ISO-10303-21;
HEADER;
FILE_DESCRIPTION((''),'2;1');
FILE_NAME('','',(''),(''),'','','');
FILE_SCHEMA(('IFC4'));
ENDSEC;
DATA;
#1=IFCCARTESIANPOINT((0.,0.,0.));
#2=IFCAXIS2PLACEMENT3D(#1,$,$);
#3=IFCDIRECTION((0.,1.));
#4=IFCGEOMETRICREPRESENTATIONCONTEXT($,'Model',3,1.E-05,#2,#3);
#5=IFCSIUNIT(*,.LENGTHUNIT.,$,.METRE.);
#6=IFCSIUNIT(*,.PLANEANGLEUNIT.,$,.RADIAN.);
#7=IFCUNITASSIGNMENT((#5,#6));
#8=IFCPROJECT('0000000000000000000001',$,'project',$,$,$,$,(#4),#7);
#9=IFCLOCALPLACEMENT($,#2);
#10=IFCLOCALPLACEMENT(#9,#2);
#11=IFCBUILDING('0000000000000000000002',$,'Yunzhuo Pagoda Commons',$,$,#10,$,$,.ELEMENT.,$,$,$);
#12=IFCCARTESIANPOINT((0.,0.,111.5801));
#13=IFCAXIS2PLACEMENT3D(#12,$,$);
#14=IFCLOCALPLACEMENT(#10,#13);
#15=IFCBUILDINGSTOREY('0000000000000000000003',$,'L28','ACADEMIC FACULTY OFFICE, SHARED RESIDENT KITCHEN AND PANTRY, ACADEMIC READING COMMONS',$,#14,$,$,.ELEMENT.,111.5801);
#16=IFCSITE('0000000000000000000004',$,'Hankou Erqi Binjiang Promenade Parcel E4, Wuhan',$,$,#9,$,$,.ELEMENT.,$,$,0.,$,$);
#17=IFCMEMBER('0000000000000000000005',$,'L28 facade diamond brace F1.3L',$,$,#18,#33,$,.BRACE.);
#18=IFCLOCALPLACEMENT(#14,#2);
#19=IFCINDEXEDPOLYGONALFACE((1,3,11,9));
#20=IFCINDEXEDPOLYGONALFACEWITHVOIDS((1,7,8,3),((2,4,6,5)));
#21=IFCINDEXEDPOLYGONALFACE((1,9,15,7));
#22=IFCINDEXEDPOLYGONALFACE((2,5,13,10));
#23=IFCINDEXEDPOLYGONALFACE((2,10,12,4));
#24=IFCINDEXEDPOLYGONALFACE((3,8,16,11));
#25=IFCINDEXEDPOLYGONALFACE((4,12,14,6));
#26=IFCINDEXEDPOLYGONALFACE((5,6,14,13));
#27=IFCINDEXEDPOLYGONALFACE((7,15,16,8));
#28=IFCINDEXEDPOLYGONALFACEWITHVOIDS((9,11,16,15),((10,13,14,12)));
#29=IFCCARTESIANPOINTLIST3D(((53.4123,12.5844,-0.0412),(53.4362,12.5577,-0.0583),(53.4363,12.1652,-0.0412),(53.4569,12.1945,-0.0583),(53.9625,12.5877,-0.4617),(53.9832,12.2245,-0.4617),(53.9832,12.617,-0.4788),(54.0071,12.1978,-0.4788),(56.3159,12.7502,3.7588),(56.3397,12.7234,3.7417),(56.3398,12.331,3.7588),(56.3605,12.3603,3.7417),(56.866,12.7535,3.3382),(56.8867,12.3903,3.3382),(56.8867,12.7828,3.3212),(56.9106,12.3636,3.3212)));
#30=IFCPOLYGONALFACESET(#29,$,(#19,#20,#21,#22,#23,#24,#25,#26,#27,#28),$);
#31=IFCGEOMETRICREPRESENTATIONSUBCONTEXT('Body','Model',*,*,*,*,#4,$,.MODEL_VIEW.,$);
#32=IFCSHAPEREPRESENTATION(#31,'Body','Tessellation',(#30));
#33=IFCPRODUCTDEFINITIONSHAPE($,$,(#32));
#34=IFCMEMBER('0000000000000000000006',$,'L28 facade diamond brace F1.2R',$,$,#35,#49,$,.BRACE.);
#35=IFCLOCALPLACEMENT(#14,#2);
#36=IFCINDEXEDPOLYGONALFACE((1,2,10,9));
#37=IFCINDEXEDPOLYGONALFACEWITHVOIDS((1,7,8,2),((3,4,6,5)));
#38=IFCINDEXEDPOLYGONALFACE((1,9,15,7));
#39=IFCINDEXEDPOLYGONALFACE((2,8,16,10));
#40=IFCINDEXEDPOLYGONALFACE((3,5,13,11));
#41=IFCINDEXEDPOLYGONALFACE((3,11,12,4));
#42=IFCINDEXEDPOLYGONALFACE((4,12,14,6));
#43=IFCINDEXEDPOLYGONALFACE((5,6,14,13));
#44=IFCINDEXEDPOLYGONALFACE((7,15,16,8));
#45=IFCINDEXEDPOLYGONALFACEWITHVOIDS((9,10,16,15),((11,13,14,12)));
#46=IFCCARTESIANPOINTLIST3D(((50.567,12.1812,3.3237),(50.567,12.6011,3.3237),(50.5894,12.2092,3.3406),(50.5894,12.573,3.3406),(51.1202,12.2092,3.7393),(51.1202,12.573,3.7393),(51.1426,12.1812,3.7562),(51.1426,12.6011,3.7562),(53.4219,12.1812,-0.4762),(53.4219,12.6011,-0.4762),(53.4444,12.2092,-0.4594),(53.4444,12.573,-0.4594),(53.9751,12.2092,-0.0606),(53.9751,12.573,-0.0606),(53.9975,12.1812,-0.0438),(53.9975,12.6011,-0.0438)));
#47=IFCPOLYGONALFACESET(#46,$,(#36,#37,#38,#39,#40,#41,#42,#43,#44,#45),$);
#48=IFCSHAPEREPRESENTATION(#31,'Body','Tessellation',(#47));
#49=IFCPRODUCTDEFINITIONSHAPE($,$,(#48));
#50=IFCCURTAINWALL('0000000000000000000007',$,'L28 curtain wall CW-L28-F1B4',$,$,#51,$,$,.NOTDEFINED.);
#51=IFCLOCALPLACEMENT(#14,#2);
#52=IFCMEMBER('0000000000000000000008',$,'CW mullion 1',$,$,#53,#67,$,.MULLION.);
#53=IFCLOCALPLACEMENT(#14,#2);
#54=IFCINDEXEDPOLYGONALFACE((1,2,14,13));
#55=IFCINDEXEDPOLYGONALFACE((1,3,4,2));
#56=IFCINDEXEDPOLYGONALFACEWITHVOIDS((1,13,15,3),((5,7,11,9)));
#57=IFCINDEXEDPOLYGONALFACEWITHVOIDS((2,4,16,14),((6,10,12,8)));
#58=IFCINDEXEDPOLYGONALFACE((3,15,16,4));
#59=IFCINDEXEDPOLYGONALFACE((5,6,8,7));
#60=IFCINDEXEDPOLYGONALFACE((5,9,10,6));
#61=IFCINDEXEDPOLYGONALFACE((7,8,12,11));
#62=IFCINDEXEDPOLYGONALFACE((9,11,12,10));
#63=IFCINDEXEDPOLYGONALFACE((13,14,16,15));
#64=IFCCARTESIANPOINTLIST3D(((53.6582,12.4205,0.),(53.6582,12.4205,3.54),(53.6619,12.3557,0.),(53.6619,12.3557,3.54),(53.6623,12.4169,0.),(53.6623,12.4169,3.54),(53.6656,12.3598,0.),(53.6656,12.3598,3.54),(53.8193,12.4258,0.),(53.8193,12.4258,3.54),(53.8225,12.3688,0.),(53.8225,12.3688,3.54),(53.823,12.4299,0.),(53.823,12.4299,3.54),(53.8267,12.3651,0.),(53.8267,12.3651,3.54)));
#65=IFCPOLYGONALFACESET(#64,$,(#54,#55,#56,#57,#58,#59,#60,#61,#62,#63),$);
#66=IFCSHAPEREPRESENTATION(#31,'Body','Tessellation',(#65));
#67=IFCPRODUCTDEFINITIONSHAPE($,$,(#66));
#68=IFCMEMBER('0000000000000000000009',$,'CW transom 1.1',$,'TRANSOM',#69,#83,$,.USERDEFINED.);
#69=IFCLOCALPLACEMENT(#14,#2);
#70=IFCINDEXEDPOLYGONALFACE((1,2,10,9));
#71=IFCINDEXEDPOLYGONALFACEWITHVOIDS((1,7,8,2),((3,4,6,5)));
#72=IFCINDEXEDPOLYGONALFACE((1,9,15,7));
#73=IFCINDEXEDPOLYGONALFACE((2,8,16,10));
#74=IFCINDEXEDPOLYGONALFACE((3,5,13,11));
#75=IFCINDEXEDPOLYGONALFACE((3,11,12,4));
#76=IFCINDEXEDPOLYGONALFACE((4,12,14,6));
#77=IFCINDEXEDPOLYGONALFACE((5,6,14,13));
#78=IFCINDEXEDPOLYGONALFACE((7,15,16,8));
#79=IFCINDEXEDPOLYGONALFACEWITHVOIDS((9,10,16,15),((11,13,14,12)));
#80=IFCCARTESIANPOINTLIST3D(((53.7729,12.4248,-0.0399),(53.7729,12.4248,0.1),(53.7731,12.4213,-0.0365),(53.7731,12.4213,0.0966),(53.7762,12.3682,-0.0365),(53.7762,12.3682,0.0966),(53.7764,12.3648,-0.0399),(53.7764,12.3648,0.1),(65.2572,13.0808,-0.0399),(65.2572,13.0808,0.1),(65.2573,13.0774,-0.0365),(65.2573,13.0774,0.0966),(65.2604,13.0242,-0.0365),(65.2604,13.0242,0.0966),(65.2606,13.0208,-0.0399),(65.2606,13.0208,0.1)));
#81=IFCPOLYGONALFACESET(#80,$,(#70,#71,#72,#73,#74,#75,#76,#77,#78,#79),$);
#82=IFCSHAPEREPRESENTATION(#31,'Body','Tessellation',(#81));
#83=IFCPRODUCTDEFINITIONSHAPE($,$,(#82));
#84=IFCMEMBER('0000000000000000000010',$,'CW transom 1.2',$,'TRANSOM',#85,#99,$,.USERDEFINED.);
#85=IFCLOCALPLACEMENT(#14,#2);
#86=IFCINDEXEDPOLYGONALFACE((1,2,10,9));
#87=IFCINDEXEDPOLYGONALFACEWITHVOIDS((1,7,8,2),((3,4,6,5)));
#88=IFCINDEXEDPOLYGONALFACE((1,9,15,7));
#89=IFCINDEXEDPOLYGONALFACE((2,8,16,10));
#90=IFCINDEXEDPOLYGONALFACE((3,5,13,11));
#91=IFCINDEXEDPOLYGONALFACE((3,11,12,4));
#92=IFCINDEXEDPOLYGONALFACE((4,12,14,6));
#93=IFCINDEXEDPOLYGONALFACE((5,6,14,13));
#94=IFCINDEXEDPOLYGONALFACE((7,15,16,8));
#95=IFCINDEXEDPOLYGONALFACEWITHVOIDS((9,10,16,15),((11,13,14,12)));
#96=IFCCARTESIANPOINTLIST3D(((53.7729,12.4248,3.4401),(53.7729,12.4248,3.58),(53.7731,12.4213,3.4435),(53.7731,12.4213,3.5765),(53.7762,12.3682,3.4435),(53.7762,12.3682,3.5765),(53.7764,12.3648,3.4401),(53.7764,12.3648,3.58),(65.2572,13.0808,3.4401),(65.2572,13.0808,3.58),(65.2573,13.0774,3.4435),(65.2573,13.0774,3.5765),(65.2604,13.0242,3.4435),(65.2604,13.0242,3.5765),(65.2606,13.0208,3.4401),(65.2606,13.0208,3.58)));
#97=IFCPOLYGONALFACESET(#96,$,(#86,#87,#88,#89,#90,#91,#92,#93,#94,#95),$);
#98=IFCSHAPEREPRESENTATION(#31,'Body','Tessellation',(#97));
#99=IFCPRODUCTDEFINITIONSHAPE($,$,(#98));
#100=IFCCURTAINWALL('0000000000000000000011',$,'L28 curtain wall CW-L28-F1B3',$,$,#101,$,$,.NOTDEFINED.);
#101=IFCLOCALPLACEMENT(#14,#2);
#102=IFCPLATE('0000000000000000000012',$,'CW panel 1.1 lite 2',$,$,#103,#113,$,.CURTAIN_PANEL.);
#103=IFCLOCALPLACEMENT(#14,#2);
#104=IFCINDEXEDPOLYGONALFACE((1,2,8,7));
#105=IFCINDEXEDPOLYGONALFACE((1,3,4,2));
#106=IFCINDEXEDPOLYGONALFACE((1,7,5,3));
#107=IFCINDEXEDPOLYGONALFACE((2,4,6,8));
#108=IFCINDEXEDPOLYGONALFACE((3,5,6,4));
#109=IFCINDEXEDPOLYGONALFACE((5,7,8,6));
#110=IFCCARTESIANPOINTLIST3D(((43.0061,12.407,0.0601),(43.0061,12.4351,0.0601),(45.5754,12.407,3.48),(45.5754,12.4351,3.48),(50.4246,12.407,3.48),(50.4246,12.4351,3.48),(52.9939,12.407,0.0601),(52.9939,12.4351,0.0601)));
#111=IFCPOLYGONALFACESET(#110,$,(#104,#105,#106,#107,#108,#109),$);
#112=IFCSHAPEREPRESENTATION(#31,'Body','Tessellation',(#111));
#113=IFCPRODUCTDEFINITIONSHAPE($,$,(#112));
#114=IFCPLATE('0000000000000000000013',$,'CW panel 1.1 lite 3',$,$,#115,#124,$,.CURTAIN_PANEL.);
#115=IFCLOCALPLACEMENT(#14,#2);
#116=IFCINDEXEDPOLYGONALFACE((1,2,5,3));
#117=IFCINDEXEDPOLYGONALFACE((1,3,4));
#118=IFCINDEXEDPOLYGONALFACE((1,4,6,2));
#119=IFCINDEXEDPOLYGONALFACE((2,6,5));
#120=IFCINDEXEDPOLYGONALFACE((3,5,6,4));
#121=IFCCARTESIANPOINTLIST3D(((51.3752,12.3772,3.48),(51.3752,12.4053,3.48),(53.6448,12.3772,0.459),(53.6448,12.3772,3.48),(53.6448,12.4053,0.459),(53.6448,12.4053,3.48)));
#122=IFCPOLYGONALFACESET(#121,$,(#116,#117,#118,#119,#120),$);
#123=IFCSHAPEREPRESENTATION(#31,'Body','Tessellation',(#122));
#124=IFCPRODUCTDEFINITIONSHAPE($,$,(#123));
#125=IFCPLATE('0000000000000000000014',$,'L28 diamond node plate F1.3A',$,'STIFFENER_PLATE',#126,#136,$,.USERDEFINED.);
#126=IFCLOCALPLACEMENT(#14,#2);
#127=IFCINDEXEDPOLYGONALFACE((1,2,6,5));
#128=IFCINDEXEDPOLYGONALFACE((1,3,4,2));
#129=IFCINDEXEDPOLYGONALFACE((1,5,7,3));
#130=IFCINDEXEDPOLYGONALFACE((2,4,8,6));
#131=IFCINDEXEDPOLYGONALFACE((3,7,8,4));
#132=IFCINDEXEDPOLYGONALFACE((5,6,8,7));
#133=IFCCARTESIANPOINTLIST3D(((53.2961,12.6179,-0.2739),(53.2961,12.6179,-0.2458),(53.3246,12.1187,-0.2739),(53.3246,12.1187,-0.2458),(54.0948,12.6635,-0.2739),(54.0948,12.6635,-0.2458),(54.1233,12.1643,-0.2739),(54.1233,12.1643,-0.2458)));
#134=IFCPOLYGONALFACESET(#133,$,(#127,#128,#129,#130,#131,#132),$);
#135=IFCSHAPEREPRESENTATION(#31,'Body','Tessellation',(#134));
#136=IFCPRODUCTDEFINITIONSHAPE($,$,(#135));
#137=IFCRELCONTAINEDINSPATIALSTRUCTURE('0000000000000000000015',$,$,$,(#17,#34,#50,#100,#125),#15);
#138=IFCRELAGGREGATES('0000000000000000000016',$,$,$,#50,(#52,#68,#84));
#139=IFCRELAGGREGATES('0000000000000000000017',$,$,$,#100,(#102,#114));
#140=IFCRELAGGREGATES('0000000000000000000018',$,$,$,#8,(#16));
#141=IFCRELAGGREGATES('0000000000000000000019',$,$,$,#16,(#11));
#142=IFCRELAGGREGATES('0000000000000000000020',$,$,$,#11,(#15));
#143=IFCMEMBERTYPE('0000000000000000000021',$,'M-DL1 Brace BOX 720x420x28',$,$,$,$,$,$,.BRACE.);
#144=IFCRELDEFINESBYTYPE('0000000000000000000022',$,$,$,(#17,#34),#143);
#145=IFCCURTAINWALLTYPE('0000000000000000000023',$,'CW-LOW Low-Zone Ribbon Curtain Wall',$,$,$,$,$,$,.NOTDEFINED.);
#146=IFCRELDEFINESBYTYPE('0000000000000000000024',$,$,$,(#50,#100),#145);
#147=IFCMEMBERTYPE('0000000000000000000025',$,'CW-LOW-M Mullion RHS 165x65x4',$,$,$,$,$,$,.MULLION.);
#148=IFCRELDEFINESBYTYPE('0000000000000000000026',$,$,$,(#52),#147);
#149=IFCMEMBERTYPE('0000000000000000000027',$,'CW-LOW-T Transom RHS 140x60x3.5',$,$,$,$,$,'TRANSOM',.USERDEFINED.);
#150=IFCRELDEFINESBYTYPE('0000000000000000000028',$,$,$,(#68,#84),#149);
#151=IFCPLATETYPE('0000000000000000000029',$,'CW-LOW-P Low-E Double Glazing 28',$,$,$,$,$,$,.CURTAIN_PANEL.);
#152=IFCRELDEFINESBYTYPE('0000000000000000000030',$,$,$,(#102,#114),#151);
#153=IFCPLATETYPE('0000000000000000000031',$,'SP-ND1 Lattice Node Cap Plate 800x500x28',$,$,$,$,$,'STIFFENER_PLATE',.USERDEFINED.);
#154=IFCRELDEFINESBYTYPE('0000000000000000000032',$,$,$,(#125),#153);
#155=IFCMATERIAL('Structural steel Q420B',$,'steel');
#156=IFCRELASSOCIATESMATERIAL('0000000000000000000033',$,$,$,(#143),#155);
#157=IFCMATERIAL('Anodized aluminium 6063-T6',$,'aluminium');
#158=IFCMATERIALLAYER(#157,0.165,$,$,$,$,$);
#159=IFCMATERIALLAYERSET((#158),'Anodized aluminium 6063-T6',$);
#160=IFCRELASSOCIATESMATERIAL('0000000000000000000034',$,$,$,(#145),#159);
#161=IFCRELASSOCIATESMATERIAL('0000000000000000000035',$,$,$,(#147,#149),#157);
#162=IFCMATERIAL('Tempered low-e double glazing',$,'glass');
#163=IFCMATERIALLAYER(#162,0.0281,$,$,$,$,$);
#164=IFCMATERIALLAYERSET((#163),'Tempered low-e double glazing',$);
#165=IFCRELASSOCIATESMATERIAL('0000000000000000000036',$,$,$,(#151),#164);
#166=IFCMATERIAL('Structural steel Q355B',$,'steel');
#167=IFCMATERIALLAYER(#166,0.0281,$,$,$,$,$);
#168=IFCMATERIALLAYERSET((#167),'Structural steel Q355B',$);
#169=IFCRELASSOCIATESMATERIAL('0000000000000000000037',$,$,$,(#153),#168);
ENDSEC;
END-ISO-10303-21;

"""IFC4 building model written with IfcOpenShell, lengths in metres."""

from ifc_helpers import new_model, si_unit, direction, frame, origin, origin_2d, place, context, subcontext, project, spatial, polyline, rectangle, hollow_rectangle, outline, extrude, source, transform, mapped, material, layer, layer_set, material_profile, profile_set, type_object, element, aggregate, save


model = new_model("IFC4")

# Units and contexts
model_context = context("Model", 3, precision=1e-05, world=origin(), true_north=direction((0.0, 1.0)))
body_context = subcontext(model_context, "Body", "Model", "MODEL_VIEW")
ifc_project = project(units=[si_unit("LENGTHUNIT", "METRE"), si_unit("PLANEANGLEUNIT", "RADIAN")], contexts=[model_context])

# Site, building, storey
site_placement = place(None, origin())
site = spatial("IfcSite", under=ifc_project, at=site_placement, Name="Hankou Erqi Binjiang Promenade Parcel E4, Wuhan", CompositionType="ELEMENT", RefElevation=0.0)
building_placement = place(site_placement, origin())
building = spatial("IfcBuilding", under=site, at=building_placement, Name="Yunzhuo Pagoda Commons", CompositionType="ELEMENT")
storey_placement = place(building_placement, frame((0.0, 0.0, 111.5801)))
storey = spatial("IfcBuildingStorey", under=building, at=storey_placement, Name="L28", Description="ACADEMIC FACULTY OFFICE, SHARED RESIDENT KITCHEN AND PANTRY, ACADEMIC READING COMMONS", CompositionType="ELEMENT", Elevation=111.5801)

# Shared definitions
ifc_material_1 = material(Name="Structural steel Q420B", Category="steel")

# Shared definitions
ifc_material_2 = material(Name="Structural steel Q355B", Category="steel")

# Members
ifc_material_profile_1 = material_profile(ifc_material_1, hollow_rectangle(XDim=0.4199, YDim=0.72, WallThickness=0.0281, at=origin_2d()), Name="Structural steel Q420B")
ifc_profile_set_1 = profile_set([ifc_material_profile_1], Name="Structural steel Q420B")
member_type_1 = type_object("IfcMemberType", Name="M-DL1 Brace BOX 720x420x28", PredefinedType="BRACE", material=ifc_profile_set_1)
shared_shape_1 = source(origin(), body_context, "Body", "SweptSolid", [
    extrude(hollow_rectangle(XDim=0.4199, YDim=0.72, WallThickness=0.0281, at=origin_2d()), origin(), (0.0, 0.0, 1.0), 4.7852),
])
member_1_placement = place(storey_placement, frame((53.7097, 12.3911, -0.26), z_axis=(0.606775, 0.034642, 0.794118), x_axis=(-0.057, 0.998374, 0.0)))
element("IfcMember", 1, at=member_1_placement, inside=storey, type_object=member_type_1, Name="L28 facade diamond brace F1.3L", PredefinedType="BRACE", context=body_context, shape_type="MappedRepresentation", body=[
    mapped(shared_shape_1, transform((0.0, 0.0, 0.0), scale=1.0)),
])
shared_shape_2 = source(origin(), body_context, "Body", "SweptSolid", [
    extrude(hollow_rectangle(XDim=0.4199, YDim=0.72, WallThickness=0.0281, at=origin_2d()), origin(), (0.0, 0.0, 1.0), 4.7529),
])
member_2_placement = place(storey_placement, frame((53.7097, 12.3911, -0.26), z_axis=(-0.600665, 0.0, 0.7995), x_axis=(0.0, -1.0, 0.0)))
element("IfcMember", 2, at=member_2_placement, inside=storey, type_object=member_type_1, Name="L28 facade diamond brace F1.2R", PredefinedType="BRACE", context=body_context, shape_type="MappedRepresentation", body=[
    mapped(shared_shape_2, transform((0.0, 0.0, 0.0), scale=1.0)),
])

# Curtain wall, members
ifc_material_3 = material(Name="Anodized aluminium 6063-T6", Category="aluminium")
ifc_layer_1 = layer(ifc_material_3, 0.165)
ifc_layer_set_1 = layer_set([ifc_layer_1], Name="Anodized aluminium 6063-T6")
curtain_wall_type = type_object("IfcCurtainWallType", Name="CW-LOW Low-Zone Ribbon Curtain Wall", PredefinedType="NOTDEFINED", material=ifc_layer_set_1)
curtain_wall_1_placement = place(storey_placement, origin())
curtain_wall_1 = element("IfcCurtainWall", 3, at=curtain_wall_1_placement, inside=storey, type_object=curtain_wall_type, Name="L28 curtain wall CW-L28-F1B4", PredefinedType="NOTDEFINED")
ifc_material_profile_2 = material_profile(ifc_material_3, hollow_rectangle(XDim=0.0649, YDim=0.165, WallThickness=0.0039, at=origin_2d()), Name="Anodized aluminium 6063-T6")
ifc_profile_set_2 = profile_set([ifc_material_profile_2], Name="Anodized aluminium 6063-T6")
member_type_2 = type_object("IfcMemberType", Name="CW-LOW-M Mullion RHS 165x65x4", PredefinedType="MULLION", material=ifc_profile_set_2)
shared_shape_3 = source(origin(), body_context, "Body", "SweptSolid", [
    extrude(hollow_rectangle(XDim=0.0649, YDim=0.165, WallThickness=0.0039, at=origin_2d()), origin(), (0.0, 0.0, 1.0), 3.54),
])
member_3_placement = place(storey_placement, frame((53.7424, 12.3928, 0.0), z_axis=(0.0, 0.0, 1.0), x_axis=(-0.057028, 0.998373, 0.0)))
member_3 = element("IfcMember", 4, at=member_3_placement, type_object=member_type_2, Name="CW mullion 1", PredefinedType="MULLION", context=body_context, shape_type="MappedRepresentation", body=[
    mapped(shared_shape_3, transform((0.0, 0.0, 0.0), scale=1.0)),
])
ifc_material_profile_3 = material_profile(ifc_material_3, hollow_rectangle(XDim=0.0601, YDim=0.1399, WallThickness=0.0034, at=origin_2d()), Name="Anodized aluminium 6063-T6")
ifc_profile_set_3 = profile_set([ifc_material_profile_3], Name="Anodized aluminium 6063-T6")
member_type_3 = type_object("IfcMemberType", Name="CW-LOW-T Transom RHS 140x60x3.5", ElementType="TRANSOM", PredefinedType="USERDEFINED", material=ifc_profile_set_3)
shared_shape_4 = source(origin(), body_context, "Body", "SweptSolid", [
    extrude(hollow_rectangle(XDim=0.0601, YDim=0.1399, WallThickness=0.0034, at=origin_2d()), origin(), (0.0, 0.0, 1.0), 11.5029),
])
member_4_placement = place(storey_placement, frame((53.7747, 12.3948, 0.03), z_axis=(0.998372, 0.05703, 0.0), x_axis=(-0.05703, 0.998372, 0.0)))
member_4 = element("IfcMember", 5, at=member_4_placement, type_object=member_type_3, Name="CW transom 1.1", ObjectType="TRANSOM", PredefinedType="USERDEFINED", context=body_context, shape_type="MappedRepresentation", body=[
    mapped(shared_shape_4, transform((0.0, 0.0, 0.0), scale=1.0)),
])
member_5_placement = place(storey_placement, frame((53.7747, 12.3948, 3.51), z_axis=(0.998372, 0.05703, 0.0), x_axis=(-0.05703, 0.998372, 0.0)))
member_5 = element("IfcMember", 6, at=member_5_placement, type_object=member_type_3, Name="CW transom 1.2", ObjectType="TRANSOM", PredefinedType="USERDEFINED", context=body_context, shape_type="MappedRepresentation", body=[
    mapped(shared_shape_4, transform((0.0, 0.0, 0.0), scale=1.0)),
])
aggregate(curtain_wall_1, [member_3, member_4, member_5])

# Curtain wall, plates
curtain_wall_2_placement = place(storey_placement, origin())
curtain_wall_2 = element("IfcCurtainWall", 7, at=curtain_wall_2_placement, inside=storey, type_object=curtain_wall_type, Name="L28 curtain wall CW-L28-F1B3", PredefinedType="NOTDEFINED")
ifc_material_4 = material(Name="Tempered low-e double glazing", Category="glass")
ifc_layer_2 = layer(ifc_material_4, 0.0281)
ifc_layer_set_2 = layer_set([ifc_layer_2], Name="Tempered low-e double glazing")
plate_type_1 = type_object("IfcPlateType", Name="CW-LOW-P Low-E Double Glazing 28", PredefinedType="CURTAIN_PANEL", material=ifc_layer_set_2)
plate_1_placement = place(storey_placement, frame((48.0, 12.4351, 1.77), z_axis=(0.0, -1.0, 0.0), x_axis=(1.0, 0.0, 0.0)))
plate_1 = element("IfcPlate", 8, at=plate_1_placement, type_object=plate_type_1, Name="CW panel 1.1 lite 2", PredefinedType="CURTAIN_PANEL", context=body_context, shape_type="SweptSolid", body=[
    extrude(outline(polyline([(-4.9939, -1.71), (4.9939, -1.71), (2.4246, 1.71), (-2.4246, 1.71), (-4.9939, -1.71)])), origin(), (0.0, 0.0, 1.0), 0.0281),
])
plate_2_placement = place(storey_placement, frame((52.51, 12.4053, 1.9695), z_axis=(0.0, -1.0, 0.0), x_axis=(1.0, 0.0, 0.0)))
plate_2 = element("IfcPlate", 9, at=plate_2_placement, type_object=plate_type_1, Name="CW panel 1.1 lite 3", PredefinedType="CURTAIN_PANEL", context=body_context, shape_type="SweptSolid", body=[
    extrude(outline(polyline([(-1.1348, 1.5105), (1.1348, -1.5105), (1.1348, 1.5105), (-1.1348, 1.5105)])), origin(), (0.0, 0.0, 1.0), 0.0281),
])
aggregate(curtain_wall_2, [plate_1, plate_2])

# Plate
ifc_layer_3 = layer(ifc_material_2, 0.0281)
ifc_layer_set_3 = layer_set([ifc_layer_3], Name="Structural steel Q355B")
plate_type_2 = type_object("IfcPlateType", Name="SP-ND1 Lattice Node Cap Plate 800x500x28", ElementType="STIFFENER_PLATE", PredefinedType="USERDEFINED", material=ifc_layer_set_3)
shared_shape_5 = source(origin(), body_context, "Body", "SweptSolid", [
    extrude(rectangle(XDim=0.8, YDim=0.5, at=origin_2d()), origin(), (0.0, 0.0, 1.0), 0.0281),
])
plate_3_placement = place(storey_placement, frame((53.7097, 12.3911, -0.2739), z_axis=(0.0, 0.0, 1.0), x_axis=(0.998373, 0.057024, 0.0)))
element("IfcPlate", 10, at=plate_3_placement, inside=storey, type_object=plate_type_2, Name="L28 diamond node plate F1.3A", ObjectType="STIFFENER_PLATE", PredefinedType="USERDEFINED", context=body_context, shape_type="MappedRepresentation", body=[
    mapped(shared_shape_5, transform((0.0, 0.0, 0.0), scale=1.0)),
])

save(model, "model.ifc")
